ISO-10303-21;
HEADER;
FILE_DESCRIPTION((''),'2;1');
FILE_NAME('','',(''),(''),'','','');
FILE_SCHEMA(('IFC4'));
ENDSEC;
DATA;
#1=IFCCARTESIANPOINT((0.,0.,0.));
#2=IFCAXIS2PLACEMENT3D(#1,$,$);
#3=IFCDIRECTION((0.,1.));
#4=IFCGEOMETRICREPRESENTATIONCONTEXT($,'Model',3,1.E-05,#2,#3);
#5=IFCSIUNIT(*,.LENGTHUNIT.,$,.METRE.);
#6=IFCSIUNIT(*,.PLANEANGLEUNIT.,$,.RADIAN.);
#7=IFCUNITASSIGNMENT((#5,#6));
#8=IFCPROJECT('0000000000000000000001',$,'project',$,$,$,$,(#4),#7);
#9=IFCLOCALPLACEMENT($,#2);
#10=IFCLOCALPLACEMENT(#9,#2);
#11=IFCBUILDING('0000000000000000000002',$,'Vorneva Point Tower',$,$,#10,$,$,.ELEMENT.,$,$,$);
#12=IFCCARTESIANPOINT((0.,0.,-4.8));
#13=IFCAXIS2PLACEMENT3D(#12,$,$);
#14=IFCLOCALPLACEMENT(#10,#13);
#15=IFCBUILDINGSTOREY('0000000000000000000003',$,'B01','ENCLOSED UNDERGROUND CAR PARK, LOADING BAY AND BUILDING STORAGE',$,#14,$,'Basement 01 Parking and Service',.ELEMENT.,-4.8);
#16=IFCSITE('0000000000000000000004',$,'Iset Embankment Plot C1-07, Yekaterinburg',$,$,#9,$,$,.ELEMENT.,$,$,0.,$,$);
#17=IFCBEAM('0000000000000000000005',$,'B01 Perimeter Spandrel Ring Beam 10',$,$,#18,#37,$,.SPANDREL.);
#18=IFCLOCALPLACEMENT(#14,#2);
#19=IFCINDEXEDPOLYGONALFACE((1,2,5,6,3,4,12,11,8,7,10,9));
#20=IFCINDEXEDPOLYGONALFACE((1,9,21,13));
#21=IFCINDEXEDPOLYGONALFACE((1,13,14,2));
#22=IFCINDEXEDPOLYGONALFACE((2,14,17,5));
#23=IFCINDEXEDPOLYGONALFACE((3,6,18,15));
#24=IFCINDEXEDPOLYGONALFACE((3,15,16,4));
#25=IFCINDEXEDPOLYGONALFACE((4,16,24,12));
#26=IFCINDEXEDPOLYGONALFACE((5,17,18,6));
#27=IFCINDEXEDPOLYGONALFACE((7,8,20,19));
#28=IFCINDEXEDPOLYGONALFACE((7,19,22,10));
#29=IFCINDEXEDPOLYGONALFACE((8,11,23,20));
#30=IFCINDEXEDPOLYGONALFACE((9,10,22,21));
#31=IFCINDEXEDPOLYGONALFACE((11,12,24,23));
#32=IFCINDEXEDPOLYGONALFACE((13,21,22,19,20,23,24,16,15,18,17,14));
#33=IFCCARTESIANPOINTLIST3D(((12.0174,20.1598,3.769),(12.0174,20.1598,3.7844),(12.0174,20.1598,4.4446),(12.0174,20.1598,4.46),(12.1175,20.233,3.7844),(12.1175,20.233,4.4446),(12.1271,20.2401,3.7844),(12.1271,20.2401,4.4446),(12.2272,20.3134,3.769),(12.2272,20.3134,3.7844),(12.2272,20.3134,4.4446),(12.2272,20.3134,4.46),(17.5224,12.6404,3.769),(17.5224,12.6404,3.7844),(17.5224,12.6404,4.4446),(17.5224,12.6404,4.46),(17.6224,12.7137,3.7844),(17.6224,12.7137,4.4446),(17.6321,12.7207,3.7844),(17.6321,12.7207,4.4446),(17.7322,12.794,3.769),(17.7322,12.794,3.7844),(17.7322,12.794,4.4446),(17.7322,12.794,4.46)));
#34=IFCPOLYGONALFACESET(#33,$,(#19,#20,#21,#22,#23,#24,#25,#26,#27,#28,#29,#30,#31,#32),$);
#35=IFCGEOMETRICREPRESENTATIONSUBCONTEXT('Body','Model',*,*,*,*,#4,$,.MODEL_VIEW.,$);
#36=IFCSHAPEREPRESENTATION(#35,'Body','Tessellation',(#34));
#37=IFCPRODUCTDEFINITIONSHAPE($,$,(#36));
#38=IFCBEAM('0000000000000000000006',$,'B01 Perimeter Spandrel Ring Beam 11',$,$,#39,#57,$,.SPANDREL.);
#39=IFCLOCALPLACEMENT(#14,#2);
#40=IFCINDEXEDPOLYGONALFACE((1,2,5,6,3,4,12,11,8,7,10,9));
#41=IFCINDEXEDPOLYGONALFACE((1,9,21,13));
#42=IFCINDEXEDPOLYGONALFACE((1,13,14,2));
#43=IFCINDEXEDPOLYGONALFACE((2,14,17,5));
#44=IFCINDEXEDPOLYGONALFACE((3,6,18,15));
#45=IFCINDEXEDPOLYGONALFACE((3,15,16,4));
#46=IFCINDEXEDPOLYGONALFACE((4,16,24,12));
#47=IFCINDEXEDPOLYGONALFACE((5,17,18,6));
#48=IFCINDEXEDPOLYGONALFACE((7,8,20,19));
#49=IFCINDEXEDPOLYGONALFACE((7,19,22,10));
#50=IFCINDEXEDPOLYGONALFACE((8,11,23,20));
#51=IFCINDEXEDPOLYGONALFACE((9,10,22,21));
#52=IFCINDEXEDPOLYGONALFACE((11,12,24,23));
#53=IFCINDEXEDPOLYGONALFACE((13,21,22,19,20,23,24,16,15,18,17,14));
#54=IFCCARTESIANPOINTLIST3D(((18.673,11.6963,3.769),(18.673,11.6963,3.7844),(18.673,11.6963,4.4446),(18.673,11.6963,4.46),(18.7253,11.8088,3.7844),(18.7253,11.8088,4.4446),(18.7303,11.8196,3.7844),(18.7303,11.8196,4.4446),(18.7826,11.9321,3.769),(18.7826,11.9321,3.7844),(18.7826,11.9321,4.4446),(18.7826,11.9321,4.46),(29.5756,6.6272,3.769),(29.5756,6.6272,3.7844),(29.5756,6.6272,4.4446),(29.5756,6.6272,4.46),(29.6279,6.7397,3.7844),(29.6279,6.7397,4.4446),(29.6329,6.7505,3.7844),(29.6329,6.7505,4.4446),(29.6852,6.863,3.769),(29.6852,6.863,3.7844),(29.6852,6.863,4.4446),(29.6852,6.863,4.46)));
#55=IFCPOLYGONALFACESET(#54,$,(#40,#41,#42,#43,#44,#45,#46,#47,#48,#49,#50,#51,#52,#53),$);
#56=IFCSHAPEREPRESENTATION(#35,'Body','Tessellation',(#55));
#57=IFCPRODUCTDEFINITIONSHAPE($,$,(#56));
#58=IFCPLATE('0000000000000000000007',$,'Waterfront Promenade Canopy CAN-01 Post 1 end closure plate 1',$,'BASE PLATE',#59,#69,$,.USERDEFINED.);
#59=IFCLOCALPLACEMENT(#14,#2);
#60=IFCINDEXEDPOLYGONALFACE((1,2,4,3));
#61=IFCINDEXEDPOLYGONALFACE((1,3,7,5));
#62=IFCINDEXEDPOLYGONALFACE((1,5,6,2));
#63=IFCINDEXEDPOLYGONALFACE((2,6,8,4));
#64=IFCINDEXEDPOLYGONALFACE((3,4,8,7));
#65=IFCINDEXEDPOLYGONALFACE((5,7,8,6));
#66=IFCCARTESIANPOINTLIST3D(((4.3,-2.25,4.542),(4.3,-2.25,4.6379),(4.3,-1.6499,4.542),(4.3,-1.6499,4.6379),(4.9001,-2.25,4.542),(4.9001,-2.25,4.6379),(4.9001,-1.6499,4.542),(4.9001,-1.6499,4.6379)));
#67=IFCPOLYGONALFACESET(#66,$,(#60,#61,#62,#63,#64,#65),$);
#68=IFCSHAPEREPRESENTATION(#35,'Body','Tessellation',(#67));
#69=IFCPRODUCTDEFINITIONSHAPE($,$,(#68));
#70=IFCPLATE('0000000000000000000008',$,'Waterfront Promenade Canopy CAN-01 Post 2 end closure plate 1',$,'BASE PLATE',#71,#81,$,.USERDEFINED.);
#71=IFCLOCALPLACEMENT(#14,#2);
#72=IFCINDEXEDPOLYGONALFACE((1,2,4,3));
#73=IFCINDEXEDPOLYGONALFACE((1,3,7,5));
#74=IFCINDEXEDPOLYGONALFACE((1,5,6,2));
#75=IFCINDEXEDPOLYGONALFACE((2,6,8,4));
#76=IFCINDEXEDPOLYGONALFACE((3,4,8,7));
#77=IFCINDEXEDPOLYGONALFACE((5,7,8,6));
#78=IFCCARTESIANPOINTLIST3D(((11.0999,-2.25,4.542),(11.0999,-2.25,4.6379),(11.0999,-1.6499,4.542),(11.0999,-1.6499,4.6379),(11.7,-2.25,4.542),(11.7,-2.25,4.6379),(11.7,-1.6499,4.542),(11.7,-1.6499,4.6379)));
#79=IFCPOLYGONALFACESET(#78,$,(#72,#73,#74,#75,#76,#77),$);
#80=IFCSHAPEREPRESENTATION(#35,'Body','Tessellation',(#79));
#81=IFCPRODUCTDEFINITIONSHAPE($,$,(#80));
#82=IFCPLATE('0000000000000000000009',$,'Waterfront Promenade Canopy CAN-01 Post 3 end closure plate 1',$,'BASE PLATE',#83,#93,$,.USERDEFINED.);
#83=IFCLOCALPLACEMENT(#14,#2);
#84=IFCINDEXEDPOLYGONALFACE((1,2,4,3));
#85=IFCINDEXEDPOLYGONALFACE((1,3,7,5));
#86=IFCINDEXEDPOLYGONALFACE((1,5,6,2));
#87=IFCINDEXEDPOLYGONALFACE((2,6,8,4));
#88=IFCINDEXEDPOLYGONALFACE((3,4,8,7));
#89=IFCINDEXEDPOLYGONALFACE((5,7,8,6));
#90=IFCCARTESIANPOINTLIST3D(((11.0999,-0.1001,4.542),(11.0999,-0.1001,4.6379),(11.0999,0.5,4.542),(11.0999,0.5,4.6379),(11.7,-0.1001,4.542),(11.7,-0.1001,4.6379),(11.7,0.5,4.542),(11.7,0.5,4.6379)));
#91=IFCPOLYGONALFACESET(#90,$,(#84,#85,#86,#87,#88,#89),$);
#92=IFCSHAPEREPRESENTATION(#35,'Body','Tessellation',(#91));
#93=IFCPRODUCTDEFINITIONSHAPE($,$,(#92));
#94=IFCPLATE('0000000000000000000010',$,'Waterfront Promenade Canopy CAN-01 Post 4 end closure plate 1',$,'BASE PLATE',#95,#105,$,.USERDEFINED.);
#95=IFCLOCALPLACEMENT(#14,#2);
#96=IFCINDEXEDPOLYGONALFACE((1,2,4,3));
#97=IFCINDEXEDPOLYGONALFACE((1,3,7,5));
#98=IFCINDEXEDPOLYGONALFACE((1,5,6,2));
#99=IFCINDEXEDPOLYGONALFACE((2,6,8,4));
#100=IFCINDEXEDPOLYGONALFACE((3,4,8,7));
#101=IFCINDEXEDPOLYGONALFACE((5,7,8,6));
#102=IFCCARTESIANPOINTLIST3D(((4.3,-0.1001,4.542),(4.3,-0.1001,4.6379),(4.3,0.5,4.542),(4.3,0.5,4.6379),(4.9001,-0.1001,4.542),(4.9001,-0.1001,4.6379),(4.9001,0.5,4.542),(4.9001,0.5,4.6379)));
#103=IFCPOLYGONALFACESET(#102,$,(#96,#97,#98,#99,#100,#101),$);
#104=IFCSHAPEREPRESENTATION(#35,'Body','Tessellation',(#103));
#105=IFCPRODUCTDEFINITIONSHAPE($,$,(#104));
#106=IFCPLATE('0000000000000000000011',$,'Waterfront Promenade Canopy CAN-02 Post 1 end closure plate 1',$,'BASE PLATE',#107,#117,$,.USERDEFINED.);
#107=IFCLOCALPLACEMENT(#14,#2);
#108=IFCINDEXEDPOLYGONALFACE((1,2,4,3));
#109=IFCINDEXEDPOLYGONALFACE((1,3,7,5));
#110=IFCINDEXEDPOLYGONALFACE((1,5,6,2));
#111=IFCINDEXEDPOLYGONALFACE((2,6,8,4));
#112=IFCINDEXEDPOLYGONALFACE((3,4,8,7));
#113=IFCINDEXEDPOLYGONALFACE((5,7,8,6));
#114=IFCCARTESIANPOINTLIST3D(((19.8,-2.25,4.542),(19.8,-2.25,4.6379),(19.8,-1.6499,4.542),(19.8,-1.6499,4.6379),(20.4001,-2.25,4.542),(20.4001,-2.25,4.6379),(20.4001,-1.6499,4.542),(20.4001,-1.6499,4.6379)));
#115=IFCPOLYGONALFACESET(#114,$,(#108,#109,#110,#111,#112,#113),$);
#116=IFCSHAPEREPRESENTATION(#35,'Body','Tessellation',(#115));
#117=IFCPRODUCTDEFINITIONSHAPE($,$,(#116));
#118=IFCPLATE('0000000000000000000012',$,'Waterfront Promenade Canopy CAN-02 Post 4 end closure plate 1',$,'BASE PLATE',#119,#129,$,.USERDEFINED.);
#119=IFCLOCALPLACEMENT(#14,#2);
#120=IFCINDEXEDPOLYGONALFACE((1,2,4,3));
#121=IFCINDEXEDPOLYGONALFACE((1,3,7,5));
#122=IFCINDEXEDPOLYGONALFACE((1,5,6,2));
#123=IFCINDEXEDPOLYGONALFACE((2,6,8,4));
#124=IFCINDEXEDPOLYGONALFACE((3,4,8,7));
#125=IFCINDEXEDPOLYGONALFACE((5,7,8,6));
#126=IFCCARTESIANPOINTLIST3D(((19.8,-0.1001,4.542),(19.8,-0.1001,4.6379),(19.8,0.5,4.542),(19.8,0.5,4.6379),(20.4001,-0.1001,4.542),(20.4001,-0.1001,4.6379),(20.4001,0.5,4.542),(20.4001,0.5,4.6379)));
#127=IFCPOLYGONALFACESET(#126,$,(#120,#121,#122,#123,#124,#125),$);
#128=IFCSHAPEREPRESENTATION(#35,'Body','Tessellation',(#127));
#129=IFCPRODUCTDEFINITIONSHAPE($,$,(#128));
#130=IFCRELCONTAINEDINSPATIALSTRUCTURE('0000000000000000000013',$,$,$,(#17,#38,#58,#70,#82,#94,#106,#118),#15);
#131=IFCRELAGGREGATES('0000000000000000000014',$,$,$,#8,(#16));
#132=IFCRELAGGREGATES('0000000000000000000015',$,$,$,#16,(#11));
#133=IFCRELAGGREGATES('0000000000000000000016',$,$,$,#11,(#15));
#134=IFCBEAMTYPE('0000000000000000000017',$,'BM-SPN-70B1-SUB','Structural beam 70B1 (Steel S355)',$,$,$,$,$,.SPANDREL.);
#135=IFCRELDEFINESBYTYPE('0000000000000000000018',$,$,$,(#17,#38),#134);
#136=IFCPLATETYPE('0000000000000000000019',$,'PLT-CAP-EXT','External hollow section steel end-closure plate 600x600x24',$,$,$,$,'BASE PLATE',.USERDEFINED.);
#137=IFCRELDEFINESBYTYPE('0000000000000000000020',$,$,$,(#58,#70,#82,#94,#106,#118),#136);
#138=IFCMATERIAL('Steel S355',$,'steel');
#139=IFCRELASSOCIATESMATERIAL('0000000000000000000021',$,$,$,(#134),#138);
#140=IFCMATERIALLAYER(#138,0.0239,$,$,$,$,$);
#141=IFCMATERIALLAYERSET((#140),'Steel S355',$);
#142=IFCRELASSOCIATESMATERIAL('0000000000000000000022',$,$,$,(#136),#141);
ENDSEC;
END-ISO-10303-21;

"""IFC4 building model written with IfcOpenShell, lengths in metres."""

from ifc_helpers import new_model, si_unit, direction, frame, origin, origin_2d, place, context, subcontext, project, spatial, rectangle, i_section, extrude, material, layer, layer_set, material_profile, profile_set, type_object, element, save


model = new_model("IFC4")

# Units and contexts
model_context = context("Model", 3, precision=1e-05, world=origin(), true_north=direction((0.0, 1.0)))
body_context = subcontext(model_context, "Body", "Model", "MODEL_VIEW")
ifc_project = project(units=[si_unit("LENGTHUNIT", "METRE"), si_unit("PLANEANGLEUNIT", "RADIAN")], contexts=[model_context])

# Site, building, storey
site_placement = place(None, origin())
site = spatial("IfcSite", under=ifc_project, at=site_placement, Name="Iset Embankment Plot C1-07, Yekaterinburg", CompositionType="ELEMENT", RefElevation=0.0)
building_placement = place(site_placement, origin())
building = spatial("IfcBuilding", under=site, at=building_placement, Name="Vorneva Point Tower", CompositionType="ELEMENT")
storey_placement = place(building_placement, frame((0.0, 0.0, -4.8)))
storey = spatial("IfcBuildingStorey", under=building, at=storey_placement, Name="B01", Description="ENCLOSED UNDERGROUND CAR PARK, LOADING BAY AND BUILDING STORAGE", LongName="Basement 01 Parking and Service", CompositionType="ELEMENT", Elevation=-4.8)

# Beams
ifc_material_1 = material(Name="Steel S355", Category="steel")
ifc_material_profile_1 = material_profile(ifc_material_1, i_section(OverallWidth=0.26, OverallDepth=0.6909, WebThickness=0.012, FlangeThickness=0.0154, at=origin_2d()), Name="70B1")
ifc_profile_set_1 = profile_set([ifc_material_profile_1], Name="Steel S355")
beam_type_1 = type_object("IfcBeamType", Name="BM-SPN-70B1-SUB", Description="Structural beam 70B1 (Steel S355)", PredefinedType="SPANDREL", material=ifc_profile_set_1)
beam_1_placement = place(storey_placement, frame((12.1223, 20.2366, 4.1145), z_axis=(0.590717, -0.806879, 0.0), x_axis=(0.806879, 0.590717, 0.0)))
element("IfcBeam", 1, at=beam_1_placement, inside=storey, type_object=beam_type_1, Name="B01 Perimeter Spandrel Ring Beam 10", PredefinedType="SPANDREL", context=body_context, shape_type="SweptSolid", body=[
    extrude(i_section(OverallWidth=0.26, OverallDepth=0.6909, WebThickness=0.012, FlangeThickness=0.0154, at=origin_2d()), origin(), (0.0, 0.0, 1.0), 9.3191),
])
beam_2_placement = place(storey_placement, frame((18.7278, 11.8142, 4.1145), z_axis=(0.906781, -0.421602, 0.0), x_axis=(0.421602, 0.906781, 0.0)))
element("IfcBeam", 2, at=beam_2_placement, inside=storey, type_object=beam_type_1, Name="B01 Perimeter Spandrel Ring Beam 11", PredefinedType="SPANDREL", context=body_context, shape_type="SweptSolid", body=[
    extrude(i_section(OverallWidth=0.26, OverallDepth=0.6909, WebThickness=0.012, FlangeThickness=0.0154, at=origin_2d()), origin(), (0.0, 0.0, 1.0), 12.0234),
])

# Plates
ifc_layer_1 = layer(ifc_material_1, 0.0239)
ifc_layer_set_1 = layer_set([ifc_layer_1], Name="Steel S355")
plate_type = type_object("IfcPlateType", Name="PLT-CAP-EXT", Description="External hollow section steel end-closure plate 600x600x24", ElementType="BASE PLATE", PredefinedType="USERDEFINED", material=ifc_layer_set_1)
for number, where, z_axis, x_axis, name in (
    (3, (4.6001, -1.95, 4.542), (0.0, 0.0, 1.0), (1.0, 0.0, 0.0), "Waterfront Promenade Canopy CAN-01 Post 1 end closure plate 1"),
    (4, (11.3999, -1.95, 4.542), (0.0, 0.0, 1.0), (1.0, 0.0, 0.0), "Waterfront Promenade Canopy CAN-01 Post 2 end closure plate 1"),
    (5, (11.3999, 0.2, 4.542), (0.0, 0.0, 1.0), (1.0, 0.0, 0.0), "Waterfront Promenade Canopy CAN-01 Post 3 end closure plate 1"),
    (6, (4.6001, 0.2, 4.542), (0.0, 0.0, 1.0), (1.0, 0.0, 0.0), "Waterfront Promenade Canopy CAN-01 Post 4 end closure plate 1"),
    (7, (20.1001, -1.95, 4.542), (0.0, 0.0, 1.0), (1.0, 0.0, 0.0), "Waterfront Promenade Canopy CAN-02 Post 1 end closure plate 1"),
    (8, (20.1001, 0.2, 4.542), (0.0, 0.0, 1.0), (1.0, 0.0, 0.0), "Waterfront Promenade Canopy CAN-02 Post 4 end closure plate 1"),
):
    element("IfcPlate", number, at=place(storey_placement, frame(where, z_axis=z_axis, x_axis=x_axis)), inside=storey, type_object=plate_type, Name=name, ObjectType="BASE PLATE", PredefinedType="USERDEFINED", context=body_context, shape_type="SweptSolid", body=[
        extrude(rectangle(XDim=0.6001, YDim=0.6001, at=origin_2d()), origin(), (0.0, 0.0, 1.0), 0.0959),
    ])

save(model, "model.ifc")
